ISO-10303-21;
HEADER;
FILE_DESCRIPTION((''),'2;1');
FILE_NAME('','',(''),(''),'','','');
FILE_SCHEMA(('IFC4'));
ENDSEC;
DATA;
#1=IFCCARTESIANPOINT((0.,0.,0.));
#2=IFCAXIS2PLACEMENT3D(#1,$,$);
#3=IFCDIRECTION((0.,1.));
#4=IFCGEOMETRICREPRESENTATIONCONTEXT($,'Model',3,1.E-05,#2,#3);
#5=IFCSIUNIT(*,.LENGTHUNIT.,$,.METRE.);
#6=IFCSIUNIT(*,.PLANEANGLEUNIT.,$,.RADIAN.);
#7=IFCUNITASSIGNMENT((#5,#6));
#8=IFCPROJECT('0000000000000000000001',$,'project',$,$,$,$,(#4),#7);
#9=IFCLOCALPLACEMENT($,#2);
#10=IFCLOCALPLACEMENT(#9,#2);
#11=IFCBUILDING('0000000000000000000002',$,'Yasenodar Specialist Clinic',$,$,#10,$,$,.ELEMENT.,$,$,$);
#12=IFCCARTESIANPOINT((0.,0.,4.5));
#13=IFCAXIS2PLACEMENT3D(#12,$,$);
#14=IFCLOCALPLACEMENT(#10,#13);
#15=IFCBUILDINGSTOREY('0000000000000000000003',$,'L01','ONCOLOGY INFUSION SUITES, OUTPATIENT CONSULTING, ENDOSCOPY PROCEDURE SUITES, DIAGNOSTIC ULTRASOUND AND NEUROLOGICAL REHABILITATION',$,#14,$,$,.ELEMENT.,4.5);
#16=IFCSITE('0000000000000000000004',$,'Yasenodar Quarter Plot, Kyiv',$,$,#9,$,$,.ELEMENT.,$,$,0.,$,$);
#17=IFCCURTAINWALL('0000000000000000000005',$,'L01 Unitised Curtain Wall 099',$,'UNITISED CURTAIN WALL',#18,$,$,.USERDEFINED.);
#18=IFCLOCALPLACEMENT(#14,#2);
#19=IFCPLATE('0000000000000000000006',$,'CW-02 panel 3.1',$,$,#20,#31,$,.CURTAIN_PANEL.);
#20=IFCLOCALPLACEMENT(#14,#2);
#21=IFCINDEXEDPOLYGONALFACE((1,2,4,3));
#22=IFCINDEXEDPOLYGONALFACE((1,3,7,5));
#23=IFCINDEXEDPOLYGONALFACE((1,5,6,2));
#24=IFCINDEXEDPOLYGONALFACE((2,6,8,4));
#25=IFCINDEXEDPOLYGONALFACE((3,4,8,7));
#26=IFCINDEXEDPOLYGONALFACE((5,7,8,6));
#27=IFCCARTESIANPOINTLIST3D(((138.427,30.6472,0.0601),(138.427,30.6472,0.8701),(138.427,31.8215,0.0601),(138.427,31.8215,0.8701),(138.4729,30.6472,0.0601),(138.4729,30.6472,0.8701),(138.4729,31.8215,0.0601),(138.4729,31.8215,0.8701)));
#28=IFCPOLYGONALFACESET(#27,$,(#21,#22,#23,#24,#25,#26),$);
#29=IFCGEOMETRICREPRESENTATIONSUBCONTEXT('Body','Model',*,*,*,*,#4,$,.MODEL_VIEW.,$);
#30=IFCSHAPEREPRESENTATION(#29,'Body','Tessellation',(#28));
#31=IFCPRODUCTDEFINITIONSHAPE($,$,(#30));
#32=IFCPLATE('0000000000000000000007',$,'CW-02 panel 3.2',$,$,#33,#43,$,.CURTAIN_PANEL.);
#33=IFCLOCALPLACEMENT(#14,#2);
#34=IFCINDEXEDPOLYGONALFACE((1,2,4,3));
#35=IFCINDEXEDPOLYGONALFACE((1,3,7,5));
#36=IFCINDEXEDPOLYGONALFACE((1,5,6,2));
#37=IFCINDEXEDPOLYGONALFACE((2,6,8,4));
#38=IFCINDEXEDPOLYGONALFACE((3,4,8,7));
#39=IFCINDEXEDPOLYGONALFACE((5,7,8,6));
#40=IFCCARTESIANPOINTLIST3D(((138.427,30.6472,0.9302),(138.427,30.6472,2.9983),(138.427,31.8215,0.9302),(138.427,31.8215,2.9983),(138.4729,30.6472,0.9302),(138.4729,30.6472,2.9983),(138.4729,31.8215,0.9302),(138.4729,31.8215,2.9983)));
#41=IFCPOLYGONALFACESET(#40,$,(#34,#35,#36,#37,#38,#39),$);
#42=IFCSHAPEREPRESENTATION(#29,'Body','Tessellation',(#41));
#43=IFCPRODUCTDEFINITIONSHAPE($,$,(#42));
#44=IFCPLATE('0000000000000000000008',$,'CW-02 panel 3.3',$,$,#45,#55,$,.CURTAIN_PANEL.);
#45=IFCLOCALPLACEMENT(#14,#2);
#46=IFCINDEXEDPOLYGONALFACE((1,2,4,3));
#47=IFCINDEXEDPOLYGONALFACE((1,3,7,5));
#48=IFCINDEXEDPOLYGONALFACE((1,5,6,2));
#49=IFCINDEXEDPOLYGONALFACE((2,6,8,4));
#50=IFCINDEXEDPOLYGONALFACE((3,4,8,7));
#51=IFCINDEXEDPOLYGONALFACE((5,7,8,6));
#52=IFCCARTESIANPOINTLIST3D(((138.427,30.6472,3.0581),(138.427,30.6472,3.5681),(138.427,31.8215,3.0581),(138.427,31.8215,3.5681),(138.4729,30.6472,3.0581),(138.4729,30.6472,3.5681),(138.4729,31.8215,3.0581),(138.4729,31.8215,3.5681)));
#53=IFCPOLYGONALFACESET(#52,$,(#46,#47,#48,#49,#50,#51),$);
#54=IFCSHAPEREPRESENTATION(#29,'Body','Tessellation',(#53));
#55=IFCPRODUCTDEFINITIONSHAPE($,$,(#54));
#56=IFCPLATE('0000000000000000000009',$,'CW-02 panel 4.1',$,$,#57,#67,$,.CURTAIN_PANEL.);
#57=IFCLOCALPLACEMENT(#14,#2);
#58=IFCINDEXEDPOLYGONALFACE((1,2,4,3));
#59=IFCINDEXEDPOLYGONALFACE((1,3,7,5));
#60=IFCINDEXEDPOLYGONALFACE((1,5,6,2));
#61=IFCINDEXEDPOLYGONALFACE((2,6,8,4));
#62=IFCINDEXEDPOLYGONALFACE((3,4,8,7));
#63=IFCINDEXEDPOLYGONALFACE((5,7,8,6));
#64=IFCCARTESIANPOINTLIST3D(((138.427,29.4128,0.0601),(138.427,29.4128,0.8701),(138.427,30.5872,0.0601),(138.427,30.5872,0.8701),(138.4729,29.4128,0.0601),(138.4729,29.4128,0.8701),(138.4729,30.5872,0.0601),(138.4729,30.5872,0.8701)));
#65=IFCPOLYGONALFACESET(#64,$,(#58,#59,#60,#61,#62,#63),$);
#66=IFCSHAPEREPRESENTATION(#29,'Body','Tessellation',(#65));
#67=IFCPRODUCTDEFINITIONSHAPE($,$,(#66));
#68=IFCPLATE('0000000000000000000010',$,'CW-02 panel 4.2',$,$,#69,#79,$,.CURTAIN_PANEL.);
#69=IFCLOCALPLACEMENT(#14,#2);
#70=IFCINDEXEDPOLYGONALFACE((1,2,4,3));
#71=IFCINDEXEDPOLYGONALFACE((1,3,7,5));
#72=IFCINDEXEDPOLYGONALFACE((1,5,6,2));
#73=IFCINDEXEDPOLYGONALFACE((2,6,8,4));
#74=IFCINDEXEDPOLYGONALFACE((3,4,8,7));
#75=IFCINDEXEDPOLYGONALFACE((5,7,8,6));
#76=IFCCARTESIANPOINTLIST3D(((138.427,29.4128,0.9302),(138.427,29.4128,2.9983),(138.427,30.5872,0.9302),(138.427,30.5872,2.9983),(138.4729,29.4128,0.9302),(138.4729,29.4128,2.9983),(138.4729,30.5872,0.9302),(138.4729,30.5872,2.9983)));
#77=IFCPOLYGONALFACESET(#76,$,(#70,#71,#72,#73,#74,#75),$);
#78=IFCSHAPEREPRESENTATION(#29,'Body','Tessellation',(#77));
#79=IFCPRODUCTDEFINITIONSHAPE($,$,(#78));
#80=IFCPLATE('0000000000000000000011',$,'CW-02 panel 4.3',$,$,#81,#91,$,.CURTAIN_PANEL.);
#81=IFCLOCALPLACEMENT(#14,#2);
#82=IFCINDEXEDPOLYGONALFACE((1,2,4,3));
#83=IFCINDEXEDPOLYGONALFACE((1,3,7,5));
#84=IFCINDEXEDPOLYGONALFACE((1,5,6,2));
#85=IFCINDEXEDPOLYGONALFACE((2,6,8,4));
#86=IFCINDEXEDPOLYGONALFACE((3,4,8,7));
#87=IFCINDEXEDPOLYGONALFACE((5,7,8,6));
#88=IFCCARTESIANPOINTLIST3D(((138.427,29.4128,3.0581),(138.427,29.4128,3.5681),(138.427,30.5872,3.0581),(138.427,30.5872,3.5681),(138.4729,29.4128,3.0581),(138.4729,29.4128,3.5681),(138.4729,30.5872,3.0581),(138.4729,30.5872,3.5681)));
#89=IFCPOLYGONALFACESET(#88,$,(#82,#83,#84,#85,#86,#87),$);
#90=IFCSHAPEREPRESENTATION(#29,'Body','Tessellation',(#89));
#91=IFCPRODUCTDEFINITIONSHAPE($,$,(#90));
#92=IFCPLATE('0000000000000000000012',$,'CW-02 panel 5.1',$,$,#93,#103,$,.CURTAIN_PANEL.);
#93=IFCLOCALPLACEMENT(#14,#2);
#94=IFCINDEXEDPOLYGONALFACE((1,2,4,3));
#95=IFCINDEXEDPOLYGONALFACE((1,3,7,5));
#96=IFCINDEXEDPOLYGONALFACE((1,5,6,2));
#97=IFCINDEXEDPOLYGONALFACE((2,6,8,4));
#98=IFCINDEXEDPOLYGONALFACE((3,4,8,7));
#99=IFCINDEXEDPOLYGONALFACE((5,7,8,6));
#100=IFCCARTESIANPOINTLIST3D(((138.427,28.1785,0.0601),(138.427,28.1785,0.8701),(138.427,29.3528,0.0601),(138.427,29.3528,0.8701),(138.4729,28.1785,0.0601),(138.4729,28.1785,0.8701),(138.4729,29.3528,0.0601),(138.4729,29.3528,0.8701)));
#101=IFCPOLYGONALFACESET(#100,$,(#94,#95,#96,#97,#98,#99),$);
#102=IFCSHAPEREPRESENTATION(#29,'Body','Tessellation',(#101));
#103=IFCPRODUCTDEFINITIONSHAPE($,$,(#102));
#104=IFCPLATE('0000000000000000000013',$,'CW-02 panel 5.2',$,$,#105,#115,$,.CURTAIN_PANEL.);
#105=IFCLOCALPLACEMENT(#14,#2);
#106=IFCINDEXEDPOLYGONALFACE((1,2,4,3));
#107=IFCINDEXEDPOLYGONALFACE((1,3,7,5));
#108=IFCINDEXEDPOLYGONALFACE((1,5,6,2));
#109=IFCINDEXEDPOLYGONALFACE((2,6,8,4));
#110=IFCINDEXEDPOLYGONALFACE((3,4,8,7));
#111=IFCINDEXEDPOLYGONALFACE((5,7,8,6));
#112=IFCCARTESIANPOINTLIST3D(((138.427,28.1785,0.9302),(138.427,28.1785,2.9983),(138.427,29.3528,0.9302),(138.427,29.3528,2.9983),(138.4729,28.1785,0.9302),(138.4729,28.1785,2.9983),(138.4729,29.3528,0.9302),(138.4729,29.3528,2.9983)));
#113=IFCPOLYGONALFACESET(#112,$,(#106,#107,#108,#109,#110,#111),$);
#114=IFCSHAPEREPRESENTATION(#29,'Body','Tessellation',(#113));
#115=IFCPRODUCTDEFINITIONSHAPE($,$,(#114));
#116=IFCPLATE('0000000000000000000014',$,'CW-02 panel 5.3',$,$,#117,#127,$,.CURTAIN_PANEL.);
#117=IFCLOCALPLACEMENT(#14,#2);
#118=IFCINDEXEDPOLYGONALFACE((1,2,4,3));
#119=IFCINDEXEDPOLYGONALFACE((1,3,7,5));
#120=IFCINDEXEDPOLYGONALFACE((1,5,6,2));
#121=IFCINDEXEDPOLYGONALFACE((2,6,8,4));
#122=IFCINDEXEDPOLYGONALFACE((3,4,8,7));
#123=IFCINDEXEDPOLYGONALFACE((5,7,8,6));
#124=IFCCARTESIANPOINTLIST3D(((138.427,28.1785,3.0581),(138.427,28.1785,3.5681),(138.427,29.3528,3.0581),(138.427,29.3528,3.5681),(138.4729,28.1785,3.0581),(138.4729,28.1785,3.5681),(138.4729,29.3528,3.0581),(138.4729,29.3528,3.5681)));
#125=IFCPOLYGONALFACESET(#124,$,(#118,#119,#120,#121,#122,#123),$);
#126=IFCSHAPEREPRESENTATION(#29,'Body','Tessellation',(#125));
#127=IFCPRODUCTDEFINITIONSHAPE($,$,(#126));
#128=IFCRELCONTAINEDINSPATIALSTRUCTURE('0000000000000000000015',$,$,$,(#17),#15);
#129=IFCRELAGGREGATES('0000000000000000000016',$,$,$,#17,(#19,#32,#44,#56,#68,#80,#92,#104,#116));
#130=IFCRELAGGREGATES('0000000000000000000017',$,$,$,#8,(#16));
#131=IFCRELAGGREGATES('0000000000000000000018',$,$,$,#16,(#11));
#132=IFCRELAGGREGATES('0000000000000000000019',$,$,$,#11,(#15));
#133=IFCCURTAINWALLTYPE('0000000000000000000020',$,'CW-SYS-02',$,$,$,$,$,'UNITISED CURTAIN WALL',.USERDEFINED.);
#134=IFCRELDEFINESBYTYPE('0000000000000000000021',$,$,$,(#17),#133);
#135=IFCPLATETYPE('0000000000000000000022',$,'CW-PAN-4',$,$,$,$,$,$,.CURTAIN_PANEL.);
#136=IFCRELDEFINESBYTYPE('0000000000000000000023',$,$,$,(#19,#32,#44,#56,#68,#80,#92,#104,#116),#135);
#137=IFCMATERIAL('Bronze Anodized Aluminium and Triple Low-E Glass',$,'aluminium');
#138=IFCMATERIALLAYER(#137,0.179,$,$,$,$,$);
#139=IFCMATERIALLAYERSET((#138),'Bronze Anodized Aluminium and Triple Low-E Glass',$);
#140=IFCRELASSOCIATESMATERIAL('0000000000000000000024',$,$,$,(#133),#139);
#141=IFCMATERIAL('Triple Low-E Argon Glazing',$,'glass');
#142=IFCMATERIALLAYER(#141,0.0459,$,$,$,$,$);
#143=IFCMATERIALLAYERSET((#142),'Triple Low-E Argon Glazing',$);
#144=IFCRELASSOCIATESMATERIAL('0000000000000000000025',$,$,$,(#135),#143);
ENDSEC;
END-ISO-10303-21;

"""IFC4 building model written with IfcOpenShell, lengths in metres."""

from ifc_helpers import new_model, si_unit, direction, frame, origin, origin_2d, place, context, subcontext, project, spatial, rectangle, extrude, material, layer, layer_set, type_object, element, aggregate, save


model = new_model("IFC4")

# Units and contexts
model_context = context("Model", 3, precision=1e-05, world=origin(), true_north=direction((0.0, 1.0)))
body_context = subcontext(model_context, "Body", "Model", "MODEL_VIEW")
ifc_project = project(units=[si_unit("LENGTHUNIT", "METRE"), si_unit("PLANEANGLEUNIT", "RADIAN")], contexts=[model_context])

# Site, building, storey
site_placement = place(None, origin())
site = spatial("IfcSite", under=ifc_project, at=site_placement, Name="Yasenodar Quarter Plot, Kyiv", CompositionType="ELEMENT", RefElevation=0.0)
building_placement = place(site_placement, origin())
building = spatial("IfcBuilding", under=site, at=building_placement, Name="Yasenodar Specialist Clinic", CompositionType="ELEMENT")
storey_placement = place(building_placement, frame((0.0, 0.0, 4.5)))
storey = spatial("IfcBuildingStorey", under=building, at=storey_placement, Name="L01", Description="ONCOLOGY INFUSION SUITES, OUTPATIENT CONSULTING, ENDOSCOPY PROCEDURE SUITES, DIAGNOSTIC ULTRASOUND AND NEUROLOGICAL REHABILITATION", CompositionType="ELEMENT", Elevation=4.5)

# Curtain wall, plates
ifc_material_1 = material(Name="Bronze Anodized Aluminium and Triple Low-E Glass", Category="aluminium")
ifc_layer_1 = layer(ifc_material_1, 0.179)
ifc_layer_set_1 = layer_set([ifc_layer_1], Name="Bronze Anodized Aluminium and Triple Low-E Glass")
curtain_wall_type = type_object("IfcCurtainWallType", Name="CW-SYS-02", ElementType="UNITISED CURTAIN WALL", PredefinedType="USERDEFINED", material=ifc_layer_set_1)
curtain_wall_placement = place(storey_placement, origin())
curtain_wall = element("IfcCurtainWall", 1, at=curtain_wall_placement, inside=storey, type_object=curtain_wall_type, Name="L01 Unitised Curtain Wall 099", ObjectType="UNITISED CURTAIN WALL", PredefinedType="USERDEFINED")
ifc_material_2 = material(Name="Triple Low-E Argon Glazing", Category="glass")
ifc_layer_2 = layer(ifc_material_2, 0.0459)
ifc_layer_set_2 = layer_set([ifc_layer_2], Name="Triple Low-E Argon Glazing")
plate_type = type_object("IfcPlateType", Name="CW-PAN-4", PredefinedType="CURTAIN_PANEL", material=ifc_layer_set_2)
plate_1_placement = place(storey_placement, frame((138.45, 31.2344, 0.0601), z_axis=(0.0, 0.0, 1.0), x_axis=(0.0, -1.0, 0.0)))
plate_1 = element("IfcPlate", 2, at=plate_1_placement, type_object=plate_type, Name="CW-02 panel 3.1", PredefinedType="CURTAIN_PANEL", context=body_context, shape_type="SweptSolid", body=[
    extrude(rectangle(XDim=1.1743, YDim=0.0459, at=origin_2d()), origin(), (0.0, 0.0, 1.0), 0.8101),
])
plate_2_placement = place(storey_placement, frame((138.45, 31.2344, 0.9302), z_axis=(0.0, 0.0, 1.0), x_axis=(0.0, -1.0, 0.0)))
plate_2 = element("IfcPlate", 3, at=plate_2_placement, type_object=plate_type, Name="CW-02 panel 3.2", PredefinedType="CURTAIN_PANEL", context=body_context, shape_type="SweptSolid", body=[
    extrude(rectangle(XDim=1.1743, YDim=0.0459, at=origin_2d()), origin(), (0.0, 0.0, 1.0), 2.0681),
])
plate_3_placement = place(storey_placement, frame((138.45, 31.2344, 3.0581), z_axis=(0.0, 0.0, 1.0), x_axis=(0.0, -1.0, 0.0)))
plate_3 = element("IfcPlate", 4, at=plate_3_placement, type_object=plate_type, Name="CW-02 panel 3.3", PredefinedType="CURTAIN_PANEL", context=body_context, shape_type="SweptSolid", body=[
    extrude(rectangle(XDim=1.1743, YDim=0.0459, at=origin_2d()), origin(), (0.0, 0.0, 1.0), 0.51),
])
plate_4_placement = place(storey_placement, frame((138.45, 30.0, 0.0601), z_axis=(0.0, 0.0, 1.0), x_axis=(0.0, -1.0, 0.0)))
plate_4 = element("IfcPlate", 5, at=plate_4_placement, type_object=plate_type, Name="CW-02 panel 4.1", PredefinedType="CURTAIN_PANEL", context=body_context, shape_type="SweptSolid", body=[
    extrude(rectangle(XDim=1.1743, YDim=0.0459, at=origin_2d()), origin(), (0.0, 0.0, 1.0), 0.8101),
])
plate_5_placement = place(storey_placement, frame((138.45, 30.0, 0.9302), z_axis=(0.0, 0.0, 1.0), x_axis=(0.0, -1.0, 0.0)))
plate_5 = element("IfcPlate", 6, at=plate_5_placement, type_object=plate_type, Name="CW-02 panel 4.2", PredefinedType="CURTAIN_PANEL", context=body_context, shape_type="SweptSolid", body=[
    extrude(rectangle(XDim=1.1743, YDim=0.0459, at=origin_2d()), origin(), (0.0, 0.0, 1.0), 2.0681),
])
plate_6_placement = place(storey_placement, frame((138.45, 30.0, 3.0581), z_axis=(0.0, 0.0, 1.0), x_axis=(0.0, -1.0, 0.0)))
plate_6 = element("IfcPlate", 7, at=plate_6_placement, type_object=plate_type, Name="CW-02 panel 4.3", PredefinedType="CURTAIN_PANEL", context=body_context, shape_type="SweptSolid", body=[
    extrude(rectangle(XDim=1.1743, YDim=0.0459, at=origin_2d()), origin(), (0.0, 0.0, 1.0), 0.51),
])
plate_7_placement = place(storey_placement, frame((138.45, 28.7656, 0.0601), z_axis=(0.0, 0.0, 1.0), x_axis=(0.0, -1.0, 0.0)))
plate_7 = element("IfcPlate", 8, at=plate_7_placement, type_object=plate_type, Name="CW-02 panel 5.1", PredefinedType="CURTAIN_PANEL", context=body_context, shape_type="SweptSolid", body=[
    extrude(rectangle(XDim=1.1743, YDim=0.0459, at=origin_2d()), origin(), (0.0, 0.0, 1.0), 0.8101),
])
plate_8_placement = place(storey_placement, frame((138.45, 28.7656, 0.9302), z_axis=(0.0, 0.0, 1.0), x_axis=(0.0, -1.0, 0.0)))
plate_8 = element("IfcPlate", 9, at=plate_8_placement, type_object=plate_type, Name="CW-02 panel 5.2", PredefinedType="CURTAIN_PANEL", context=body_context, shape_type="SweptSolid", body=[
    extrude(rectangle(XDim=1.1743, YDim=0.0459, at=origin_2d()), origin(), (0.0, 0.0, 1.0), 2.0681),
])
plate_9_placement = place(storey_placement, frame((138.45, 28.7656, 3.0581), z_axis=(0.0, 0.0, 1.0), x_axis=(0.0, -1.0, 0.0)))
plate_9 = element("IfcPlate", 10, at=plate_9_placement, type_object=plate_type, Name="CW-02 panel 5.3", PredefinedType="CURTAIN_PANEL", context=body_context, shape_type="SweptSolid", body=[
    extrude(rectangle(XDim=1.1743, YDim=0.0459, at=origin_2d()), origin(), (0.0, 0.0, 1.0), 0.51),
])
aggregate(curtain_wall, [plate_1, plate_2, plate_3, plate_4, plate_5, plate_6, plate_7, plate_8, plate_9])

save(model, "model.ifc")
